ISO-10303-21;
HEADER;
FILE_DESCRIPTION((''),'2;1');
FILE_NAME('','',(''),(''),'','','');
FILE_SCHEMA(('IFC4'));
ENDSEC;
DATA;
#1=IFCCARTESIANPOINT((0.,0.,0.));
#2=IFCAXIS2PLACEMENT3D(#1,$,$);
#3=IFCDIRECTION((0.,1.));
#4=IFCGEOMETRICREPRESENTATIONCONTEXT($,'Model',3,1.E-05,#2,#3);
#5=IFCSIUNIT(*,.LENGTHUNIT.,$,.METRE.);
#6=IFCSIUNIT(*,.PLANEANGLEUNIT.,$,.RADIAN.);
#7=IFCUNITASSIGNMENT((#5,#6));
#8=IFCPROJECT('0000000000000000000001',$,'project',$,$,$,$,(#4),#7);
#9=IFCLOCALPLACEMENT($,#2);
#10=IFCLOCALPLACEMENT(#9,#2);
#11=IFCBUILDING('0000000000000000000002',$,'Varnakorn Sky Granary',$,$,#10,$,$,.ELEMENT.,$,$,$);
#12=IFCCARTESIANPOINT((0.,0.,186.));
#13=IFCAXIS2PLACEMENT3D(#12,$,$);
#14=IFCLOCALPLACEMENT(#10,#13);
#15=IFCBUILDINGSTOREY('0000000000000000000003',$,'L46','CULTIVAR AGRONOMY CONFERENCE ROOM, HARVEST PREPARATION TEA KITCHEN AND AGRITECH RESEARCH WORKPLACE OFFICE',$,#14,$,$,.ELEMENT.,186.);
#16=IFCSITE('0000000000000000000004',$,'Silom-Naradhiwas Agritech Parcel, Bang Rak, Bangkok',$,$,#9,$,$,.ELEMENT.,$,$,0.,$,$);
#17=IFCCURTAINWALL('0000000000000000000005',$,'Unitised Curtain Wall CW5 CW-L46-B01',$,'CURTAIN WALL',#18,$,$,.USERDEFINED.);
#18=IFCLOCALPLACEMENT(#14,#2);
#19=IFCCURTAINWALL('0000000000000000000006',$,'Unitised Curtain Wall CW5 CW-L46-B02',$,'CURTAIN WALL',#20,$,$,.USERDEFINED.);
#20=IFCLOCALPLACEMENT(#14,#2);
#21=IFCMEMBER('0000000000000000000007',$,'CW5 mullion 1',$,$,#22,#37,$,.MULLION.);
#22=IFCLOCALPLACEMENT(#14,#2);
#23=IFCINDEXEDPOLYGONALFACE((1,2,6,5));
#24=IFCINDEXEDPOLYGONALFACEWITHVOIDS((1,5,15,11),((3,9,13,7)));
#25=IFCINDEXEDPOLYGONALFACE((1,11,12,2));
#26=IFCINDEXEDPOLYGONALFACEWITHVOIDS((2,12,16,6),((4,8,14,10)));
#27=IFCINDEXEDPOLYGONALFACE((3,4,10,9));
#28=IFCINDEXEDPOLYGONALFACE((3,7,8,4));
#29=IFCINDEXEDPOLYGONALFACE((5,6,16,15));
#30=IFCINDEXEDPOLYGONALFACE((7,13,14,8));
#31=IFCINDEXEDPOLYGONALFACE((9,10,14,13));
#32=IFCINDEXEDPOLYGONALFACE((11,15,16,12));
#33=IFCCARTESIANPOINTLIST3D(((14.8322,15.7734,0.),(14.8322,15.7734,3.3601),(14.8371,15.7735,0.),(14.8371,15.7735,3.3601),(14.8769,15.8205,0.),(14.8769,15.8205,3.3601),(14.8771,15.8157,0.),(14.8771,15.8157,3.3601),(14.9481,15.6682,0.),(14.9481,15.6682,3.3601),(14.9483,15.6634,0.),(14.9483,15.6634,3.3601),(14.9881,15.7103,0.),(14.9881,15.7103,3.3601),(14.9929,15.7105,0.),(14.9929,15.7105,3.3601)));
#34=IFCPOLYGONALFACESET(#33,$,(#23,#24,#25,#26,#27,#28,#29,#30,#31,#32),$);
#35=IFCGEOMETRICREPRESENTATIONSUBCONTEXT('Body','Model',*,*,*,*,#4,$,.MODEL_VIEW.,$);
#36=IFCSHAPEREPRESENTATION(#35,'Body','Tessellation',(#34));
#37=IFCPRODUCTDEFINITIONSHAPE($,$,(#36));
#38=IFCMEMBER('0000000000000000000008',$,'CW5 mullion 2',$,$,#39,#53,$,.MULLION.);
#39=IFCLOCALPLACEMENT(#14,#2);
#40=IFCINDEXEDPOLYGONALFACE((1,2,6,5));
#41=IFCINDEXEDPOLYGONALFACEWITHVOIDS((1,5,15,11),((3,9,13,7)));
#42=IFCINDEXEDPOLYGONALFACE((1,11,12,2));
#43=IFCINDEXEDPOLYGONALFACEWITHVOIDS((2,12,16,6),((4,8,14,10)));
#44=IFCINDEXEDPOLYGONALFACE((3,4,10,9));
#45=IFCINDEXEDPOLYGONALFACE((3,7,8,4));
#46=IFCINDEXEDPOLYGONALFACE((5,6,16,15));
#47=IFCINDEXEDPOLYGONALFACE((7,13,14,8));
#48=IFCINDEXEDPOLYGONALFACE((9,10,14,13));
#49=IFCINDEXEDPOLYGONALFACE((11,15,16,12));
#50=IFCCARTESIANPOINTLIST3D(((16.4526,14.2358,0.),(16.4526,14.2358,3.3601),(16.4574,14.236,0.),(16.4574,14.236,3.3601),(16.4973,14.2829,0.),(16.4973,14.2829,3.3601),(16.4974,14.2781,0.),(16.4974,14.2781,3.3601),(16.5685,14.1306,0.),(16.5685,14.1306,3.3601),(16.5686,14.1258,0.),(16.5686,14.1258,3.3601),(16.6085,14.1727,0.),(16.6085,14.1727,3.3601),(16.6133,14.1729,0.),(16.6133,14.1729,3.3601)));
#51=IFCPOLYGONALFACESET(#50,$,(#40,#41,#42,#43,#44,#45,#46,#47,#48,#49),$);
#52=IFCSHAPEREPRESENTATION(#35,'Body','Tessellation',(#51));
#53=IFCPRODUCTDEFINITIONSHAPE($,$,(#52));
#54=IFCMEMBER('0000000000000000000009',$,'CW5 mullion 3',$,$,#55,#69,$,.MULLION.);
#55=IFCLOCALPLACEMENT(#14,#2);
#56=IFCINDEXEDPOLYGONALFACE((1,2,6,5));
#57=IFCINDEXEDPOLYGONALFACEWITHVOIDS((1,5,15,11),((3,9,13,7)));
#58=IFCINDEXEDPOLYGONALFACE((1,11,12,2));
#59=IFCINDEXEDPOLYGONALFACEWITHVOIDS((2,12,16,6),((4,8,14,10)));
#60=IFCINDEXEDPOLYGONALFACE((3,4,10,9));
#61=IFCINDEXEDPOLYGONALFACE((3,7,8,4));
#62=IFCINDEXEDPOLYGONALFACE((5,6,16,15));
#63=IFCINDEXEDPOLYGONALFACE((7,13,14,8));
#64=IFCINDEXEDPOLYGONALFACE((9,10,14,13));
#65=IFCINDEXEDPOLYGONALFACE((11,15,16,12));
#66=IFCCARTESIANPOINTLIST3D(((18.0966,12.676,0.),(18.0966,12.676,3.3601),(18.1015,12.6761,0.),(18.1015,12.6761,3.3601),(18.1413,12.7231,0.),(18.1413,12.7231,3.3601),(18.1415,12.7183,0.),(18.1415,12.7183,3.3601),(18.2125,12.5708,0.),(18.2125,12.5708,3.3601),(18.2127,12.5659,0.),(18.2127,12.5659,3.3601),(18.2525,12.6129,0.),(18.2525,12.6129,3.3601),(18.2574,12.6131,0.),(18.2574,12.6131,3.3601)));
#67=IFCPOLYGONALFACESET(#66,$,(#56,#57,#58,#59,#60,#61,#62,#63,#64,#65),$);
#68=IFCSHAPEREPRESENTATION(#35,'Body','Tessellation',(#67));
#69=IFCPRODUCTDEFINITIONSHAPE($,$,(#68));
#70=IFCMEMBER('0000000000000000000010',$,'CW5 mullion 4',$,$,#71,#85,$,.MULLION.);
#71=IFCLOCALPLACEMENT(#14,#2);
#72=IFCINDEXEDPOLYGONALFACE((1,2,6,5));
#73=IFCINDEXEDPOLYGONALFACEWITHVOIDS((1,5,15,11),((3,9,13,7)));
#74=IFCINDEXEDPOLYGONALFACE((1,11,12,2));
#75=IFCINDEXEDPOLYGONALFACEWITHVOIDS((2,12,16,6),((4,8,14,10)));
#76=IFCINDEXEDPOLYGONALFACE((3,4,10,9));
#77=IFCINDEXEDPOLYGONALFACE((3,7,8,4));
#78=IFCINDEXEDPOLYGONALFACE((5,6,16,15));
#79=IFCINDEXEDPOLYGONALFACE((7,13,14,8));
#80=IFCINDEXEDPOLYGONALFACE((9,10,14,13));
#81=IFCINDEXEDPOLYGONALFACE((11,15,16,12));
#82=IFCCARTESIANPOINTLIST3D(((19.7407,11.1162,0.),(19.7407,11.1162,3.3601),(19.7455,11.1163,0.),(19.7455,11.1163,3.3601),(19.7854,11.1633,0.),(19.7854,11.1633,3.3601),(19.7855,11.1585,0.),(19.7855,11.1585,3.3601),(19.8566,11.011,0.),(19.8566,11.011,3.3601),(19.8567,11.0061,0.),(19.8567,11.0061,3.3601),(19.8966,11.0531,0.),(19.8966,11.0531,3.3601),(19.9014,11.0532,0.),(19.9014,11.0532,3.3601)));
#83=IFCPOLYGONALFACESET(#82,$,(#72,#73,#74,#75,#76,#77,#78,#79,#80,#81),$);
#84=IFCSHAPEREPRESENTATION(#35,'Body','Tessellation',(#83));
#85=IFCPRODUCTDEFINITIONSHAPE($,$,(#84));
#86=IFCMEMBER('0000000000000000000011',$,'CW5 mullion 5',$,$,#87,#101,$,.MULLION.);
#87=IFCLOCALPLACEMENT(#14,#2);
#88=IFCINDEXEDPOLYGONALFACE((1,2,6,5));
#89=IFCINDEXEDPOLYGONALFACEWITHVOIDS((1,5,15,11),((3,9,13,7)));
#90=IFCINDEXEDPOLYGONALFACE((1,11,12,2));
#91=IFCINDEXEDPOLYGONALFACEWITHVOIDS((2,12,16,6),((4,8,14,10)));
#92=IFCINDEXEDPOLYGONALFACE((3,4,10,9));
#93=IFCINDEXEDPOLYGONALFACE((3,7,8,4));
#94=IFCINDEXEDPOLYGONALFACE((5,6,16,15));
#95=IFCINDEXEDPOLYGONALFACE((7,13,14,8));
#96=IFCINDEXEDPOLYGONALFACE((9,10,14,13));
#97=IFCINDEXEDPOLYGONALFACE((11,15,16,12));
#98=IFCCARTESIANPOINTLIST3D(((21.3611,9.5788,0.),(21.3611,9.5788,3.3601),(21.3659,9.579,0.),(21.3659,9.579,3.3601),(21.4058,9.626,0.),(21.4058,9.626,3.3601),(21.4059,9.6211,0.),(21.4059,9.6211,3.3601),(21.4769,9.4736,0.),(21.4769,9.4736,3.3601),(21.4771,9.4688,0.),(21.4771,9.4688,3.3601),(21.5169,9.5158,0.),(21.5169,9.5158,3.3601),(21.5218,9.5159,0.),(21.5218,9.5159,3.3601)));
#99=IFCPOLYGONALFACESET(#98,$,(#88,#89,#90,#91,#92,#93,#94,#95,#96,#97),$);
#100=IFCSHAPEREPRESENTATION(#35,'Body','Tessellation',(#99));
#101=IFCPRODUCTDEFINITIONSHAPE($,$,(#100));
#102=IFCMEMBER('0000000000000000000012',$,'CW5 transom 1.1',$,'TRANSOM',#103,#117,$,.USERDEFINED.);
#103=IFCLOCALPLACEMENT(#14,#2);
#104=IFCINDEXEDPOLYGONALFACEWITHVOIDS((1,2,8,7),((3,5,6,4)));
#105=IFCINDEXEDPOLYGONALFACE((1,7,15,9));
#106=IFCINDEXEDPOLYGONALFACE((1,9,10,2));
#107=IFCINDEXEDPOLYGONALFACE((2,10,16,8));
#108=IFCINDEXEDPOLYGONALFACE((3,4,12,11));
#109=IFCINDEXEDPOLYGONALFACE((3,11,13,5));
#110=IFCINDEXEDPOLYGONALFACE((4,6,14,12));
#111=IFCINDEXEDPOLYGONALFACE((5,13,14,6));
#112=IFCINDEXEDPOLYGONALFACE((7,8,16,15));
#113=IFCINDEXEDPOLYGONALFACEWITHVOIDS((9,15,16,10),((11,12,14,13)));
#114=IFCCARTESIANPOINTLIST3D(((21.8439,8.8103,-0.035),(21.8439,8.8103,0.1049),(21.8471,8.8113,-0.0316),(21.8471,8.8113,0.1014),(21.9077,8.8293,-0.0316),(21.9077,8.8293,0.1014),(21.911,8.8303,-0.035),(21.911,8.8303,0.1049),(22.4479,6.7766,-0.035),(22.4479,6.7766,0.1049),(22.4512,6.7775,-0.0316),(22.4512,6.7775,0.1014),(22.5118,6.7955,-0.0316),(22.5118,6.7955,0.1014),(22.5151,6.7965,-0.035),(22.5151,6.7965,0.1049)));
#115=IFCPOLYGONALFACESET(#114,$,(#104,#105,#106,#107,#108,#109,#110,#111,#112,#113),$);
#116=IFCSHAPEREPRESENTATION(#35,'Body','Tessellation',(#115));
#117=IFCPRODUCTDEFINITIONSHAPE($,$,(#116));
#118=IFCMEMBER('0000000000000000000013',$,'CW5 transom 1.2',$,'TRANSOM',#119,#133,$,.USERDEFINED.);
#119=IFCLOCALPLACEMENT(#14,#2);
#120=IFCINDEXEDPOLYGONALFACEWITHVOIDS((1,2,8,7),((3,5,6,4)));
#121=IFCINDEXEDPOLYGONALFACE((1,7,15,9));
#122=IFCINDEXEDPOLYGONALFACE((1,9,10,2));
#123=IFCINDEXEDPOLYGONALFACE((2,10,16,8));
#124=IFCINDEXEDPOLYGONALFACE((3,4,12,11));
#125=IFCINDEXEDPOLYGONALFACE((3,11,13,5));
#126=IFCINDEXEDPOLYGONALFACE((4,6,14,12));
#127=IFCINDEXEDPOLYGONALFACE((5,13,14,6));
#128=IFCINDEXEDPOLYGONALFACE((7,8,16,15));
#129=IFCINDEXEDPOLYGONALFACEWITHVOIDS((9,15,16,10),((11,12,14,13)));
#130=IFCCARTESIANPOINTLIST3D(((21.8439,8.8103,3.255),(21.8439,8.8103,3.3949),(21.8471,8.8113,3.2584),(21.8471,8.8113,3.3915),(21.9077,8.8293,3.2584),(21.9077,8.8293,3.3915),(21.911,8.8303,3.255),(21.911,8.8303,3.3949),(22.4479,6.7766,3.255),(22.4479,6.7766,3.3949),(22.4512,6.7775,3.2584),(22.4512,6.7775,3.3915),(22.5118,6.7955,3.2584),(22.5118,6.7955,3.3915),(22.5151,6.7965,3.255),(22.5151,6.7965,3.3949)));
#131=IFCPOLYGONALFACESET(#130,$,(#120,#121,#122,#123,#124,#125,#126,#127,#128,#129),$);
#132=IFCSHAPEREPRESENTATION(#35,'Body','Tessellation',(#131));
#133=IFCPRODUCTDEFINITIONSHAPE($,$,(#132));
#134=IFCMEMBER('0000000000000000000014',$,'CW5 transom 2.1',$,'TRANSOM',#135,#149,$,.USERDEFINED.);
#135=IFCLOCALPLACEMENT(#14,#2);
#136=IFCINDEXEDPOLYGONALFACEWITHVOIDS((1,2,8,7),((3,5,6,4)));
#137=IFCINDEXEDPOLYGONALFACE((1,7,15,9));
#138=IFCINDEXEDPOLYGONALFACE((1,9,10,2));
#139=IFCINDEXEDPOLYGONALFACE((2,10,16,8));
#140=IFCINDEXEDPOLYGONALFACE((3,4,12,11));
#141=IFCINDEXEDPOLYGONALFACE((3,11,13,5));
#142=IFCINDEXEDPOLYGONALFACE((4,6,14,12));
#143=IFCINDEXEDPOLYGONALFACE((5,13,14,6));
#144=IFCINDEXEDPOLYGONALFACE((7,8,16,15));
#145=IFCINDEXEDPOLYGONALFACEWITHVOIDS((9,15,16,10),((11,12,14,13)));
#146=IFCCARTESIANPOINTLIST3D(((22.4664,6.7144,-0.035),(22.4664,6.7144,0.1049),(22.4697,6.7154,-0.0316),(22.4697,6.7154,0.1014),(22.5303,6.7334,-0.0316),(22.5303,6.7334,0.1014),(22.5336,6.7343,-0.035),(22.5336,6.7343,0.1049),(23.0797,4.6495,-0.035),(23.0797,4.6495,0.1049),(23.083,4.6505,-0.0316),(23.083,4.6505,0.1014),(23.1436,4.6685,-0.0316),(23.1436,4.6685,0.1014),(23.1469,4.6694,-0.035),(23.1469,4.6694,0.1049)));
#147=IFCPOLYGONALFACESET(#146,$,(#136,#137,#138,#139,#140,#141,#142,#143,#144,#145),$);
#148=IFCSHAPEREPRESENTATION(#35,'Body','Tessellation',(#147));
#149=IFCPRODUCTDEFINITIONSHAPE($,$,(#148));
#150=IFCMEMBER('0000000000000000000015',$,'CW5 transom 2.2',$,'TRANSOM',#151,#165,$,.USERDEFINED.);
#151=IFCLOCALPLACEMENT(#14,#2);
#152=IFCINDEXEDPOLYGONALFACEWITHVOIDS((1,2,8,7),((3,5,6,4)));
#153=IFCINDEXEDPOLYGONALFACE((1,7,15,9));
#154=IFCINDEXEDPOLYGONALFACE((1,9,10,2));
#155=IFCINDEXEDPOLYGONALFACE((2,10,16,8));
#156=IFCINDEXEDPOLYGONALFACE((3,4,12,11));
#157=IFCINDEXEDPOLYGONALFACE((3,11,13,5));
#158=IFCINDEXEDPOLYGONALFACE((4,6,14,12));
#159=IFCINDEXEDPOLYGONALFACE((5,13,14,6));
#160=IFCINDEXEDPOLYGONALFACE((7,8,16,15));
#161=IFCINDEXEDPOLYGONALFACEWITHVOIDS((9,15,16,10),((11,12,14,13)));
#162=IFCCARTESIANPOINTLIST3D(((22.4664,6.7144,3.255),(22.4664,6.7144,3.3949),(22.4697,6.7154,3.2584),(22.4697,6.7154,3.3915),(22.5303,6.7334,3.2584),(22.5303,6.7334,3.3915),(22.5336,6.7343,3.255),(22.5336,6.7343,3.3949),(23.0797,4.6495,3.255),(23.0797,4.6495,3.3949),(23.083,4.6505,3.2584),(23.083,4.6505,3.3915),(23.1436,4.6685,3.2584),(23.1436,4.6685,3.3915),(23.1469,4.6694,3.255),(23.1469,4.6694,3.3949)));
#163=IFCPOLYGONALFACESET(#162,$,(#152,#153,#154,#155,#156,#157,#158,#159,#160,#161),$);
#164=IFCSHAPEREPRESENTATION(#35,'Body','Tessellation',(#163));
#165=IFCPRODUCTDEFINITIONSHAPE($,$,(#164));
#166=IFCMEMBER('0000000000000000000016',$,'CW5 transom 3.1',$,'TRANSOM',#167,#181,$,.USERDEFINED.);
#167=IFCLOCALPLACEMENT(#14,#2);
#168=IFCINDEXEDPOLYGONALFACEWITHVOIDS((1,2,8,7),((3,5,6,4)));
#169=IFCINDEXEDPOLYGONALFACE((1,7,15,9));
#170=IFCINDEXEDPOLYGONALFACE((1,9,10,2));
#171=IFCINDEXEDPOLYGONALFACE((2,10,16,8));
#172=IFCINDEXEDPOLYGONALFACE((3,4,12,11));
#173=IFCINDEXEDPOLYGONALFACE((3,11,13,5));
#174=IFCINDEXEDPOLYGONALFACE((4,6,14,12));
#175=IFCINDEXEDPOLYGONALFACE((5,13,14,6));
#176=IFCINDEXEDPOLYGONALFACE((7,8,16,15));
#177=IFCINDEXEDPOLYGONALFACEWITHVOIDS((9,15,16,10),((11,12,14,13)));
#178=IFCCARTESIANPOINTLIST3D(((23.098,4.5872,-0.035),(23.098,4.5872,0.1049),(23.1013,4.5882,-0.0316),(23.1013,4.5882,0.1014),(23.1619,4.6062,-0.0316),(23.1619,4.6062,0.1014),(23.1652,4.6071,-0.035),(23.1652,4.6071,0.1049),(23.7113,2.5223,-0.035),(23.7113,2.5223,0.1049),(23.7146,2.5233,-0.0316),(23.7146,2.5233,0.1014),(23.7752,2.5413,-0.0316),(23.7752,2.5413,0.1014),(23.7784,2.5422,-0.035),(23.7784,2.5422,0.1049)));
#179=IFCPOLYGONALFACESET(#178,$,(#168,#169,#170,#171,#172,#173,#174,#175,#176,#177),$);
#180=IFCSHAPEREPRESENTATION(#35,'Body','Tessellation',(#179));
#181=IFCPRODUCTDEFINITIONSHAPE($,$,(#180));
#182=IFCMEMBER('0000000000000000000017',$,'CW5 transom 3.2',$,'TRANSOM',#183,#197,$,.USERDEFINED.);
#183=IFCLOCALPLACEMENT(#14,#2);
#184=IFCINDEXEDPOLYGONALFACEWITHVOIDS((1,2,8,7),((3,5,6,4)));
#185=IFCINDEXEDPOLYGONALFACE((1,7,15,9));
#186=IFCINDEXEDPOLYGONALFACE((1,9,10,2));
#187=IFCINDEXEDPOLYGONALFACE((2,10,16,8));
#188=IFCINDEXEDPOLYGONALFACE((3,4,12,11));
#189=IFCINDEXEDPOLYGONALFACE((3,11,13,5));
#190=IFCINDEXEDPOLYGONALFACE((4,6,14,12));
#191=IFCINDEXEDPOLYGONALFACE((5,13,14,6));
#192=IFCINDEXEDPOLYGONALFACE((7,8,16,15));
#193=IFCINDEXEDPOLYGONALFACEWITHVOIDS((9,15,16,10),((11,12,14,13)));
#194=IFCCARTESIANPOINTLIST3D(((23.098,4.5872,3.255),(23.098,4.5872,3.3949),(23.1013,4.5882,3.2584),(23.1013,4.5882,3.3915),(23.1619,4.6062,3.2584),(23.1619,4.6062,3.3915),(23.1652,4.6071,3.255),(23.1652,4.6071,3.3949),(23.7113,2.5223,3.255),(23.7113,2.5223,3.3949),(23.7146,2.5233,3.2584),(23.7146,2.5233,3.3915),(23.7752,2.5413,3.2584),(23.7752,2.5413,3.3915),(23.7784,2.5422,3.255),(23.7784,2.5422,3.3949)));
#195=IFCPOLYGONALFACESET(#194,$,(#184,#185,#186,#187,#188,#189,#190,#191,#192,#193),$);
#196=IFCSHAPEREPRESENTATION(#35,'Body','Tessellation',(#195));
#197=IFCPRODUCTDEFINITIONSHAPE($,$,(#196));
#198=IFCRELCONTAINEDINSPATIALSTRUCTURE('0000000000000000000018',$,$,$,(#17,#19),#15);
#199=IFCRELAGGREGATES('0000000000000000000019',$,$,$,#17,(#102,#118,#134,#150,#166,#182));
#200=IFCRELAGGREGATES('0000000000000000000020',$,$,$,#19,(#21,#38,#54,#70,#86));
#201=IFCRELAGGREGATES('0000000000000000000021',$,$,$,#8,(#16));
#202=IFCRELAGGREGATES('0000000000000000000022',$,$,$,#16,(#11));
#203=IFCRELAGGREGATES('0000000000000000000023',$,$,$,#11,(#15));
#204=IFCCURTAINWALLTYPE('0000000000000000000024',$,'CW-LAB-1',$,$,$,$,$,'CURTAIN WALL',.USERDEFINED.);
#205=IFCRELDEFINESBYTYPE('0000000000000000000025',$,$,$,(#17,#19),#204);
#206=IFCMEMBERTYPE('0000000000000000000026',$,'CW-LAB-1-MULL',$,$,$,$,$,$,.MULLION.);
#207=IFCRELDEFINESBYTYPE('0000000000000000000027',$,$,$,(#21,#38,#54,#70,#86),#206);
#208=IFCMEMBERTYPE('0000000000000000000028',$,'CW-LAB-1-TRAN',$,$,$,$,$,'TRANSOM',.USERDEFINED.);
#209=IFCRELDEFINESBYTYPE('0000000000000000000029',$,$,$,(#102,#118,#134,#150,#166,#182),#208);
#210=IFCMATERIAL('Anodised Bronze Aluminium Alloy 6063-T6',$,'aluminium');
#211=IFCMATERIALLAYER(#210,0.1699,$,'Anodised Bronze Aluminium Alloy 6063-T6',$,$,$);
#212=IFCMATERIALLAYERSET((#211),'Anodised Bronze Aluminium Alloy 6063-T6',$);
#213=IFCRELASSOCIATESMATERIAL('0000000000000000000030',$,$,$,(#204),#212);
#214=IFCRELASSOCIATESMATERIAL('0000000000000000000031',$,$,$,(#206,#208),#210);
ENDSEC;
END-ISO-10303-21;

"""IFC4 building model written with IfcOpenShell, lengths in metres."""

from ifc_helpers import new_model, si_unit, direction, frame, origin, origin_2d, place, context, subcontext, project, spatial, hollow_rectangle, extrude, material, layer, layer_set, material_profile, profile_set, type_object, element, aggregate, save


model = new_model("IFC4")

# Units and contexts
model_context = context("Model", 3, precision=1e-05, world=origin(), true_north=direction((0.0, 1.0)))
body_context = subcontext(model_context, "Body", "Model", "MODEL_VIEW")
ifc_project = project(units=[si_unit("LENGTHUNIT", "METRE"), si_unit("PLANEANGLEUNIT", "RADIAN")], contexts=[model_context])

# Site, building, storey
site_placement = place(None, origin())
site = spatial("IfcSite", under=ifc_project, at=site_placement, Name="Silom-Naradhiwas Agritech Parcel, Bang Rak, Bangkok", CompositionType="ELEMENT", RefElevation=0.0)
building_placement = place(site_placement, origin())
building = spatial("IfcBuilding", under=site, at=building_placement, Name="Varnakorn Sky Granary", CompositionType="ELEMENT")
storey_placement = place(building_placement, frame((0.0, 0.0, 186.0)))
storey = spatial("IfcBuildingStorey", under=building, at=storey_placement, Name="L46", Description="CULTIVAR AGRONOMY CONFERENCE ROOM, HARVEST PREPARATION TEA KITCHEN AND AGRITECH RESEARCH WORKPLACE OFFICE", CompositionType="ELEMENT", Elevation=186.0)

# Curtain walls, members
ifc_material_1 = material(Name="Anodised Bronze Aluminium Alloy 6063-T6", Category="aluminium")
ifc_layer_1 = layer(ifc_material_1, 0.1699, Name="Anodised Bronze Aluminium Alloy 6063-T6")
ifc_layer_set_1 = layer_set([ifc_layer_1], Name="Anodised Bronze Aluminium Alloy 6063-T6")
curtain_wall_type = type_object("IfcCurtainWallType", Name="CW-LAB-1", ElementType="CURTAIN WALL", PredefinedType="USERDEFINED", material=ifc_layer_set_1)
curtain_wall_1_placement = place(storey_placement, origin())
curtain_wall_1 = element("IfcCurtainWall", 1, at=curtain_wall_1_placement, inside=storey, type_object=curtain_wall_type, Name="Unitised Curtain Wall CW5 CW-L46-B01", ObjectType="CURTAIN WALL", PredefinedType="USERDEFINED")
ifc_material_profile_1 = material_profile(ifc_material_1, hollow_rectangle(XDim=0.0649, YDim=0.1599, WallThickness=0.0034, at=origin_2d()), Name="ALU MULL 65x160")
ifc_profile_set_1 = profile_set([ifc_material_profile_1], Name="Anodised Bronze Aluminium Alloy 6063-T6")
member_type_1 = type_object("IfcMemberType", Name="CW-LAB-1-MULL", PredefinedType="MULLION", material=ifc_profile_set_1)
curtain_wall_2_placement = place(storey_placement, origin())
curtain_wall_2 = element("IfcCurtainWall", 2, at=curtain_wall_2_placement, inside=storey, type_object=curtain_wall_type, Name="Unitised Curtain Wall CW5 CW-L46-B02", ObjectType="CURTAIN WALL", PredefinedType="USERDEFINED")
member_1_placement = place(storey_placement, frame((14.9126, 15.7419, 0.0), z_axis=(0.0, 0.0, 1.0), x_axis=(0.688292, 0.725434, 0.0)))
member_1 = element("IfcMember", 3, at=member_1_placement, type_object=member_type_1, Name="CW5 mullion 1", PredefinedType="MULLION", context=body_context, shape_type="SweptSolid", body=[
    extrude(hollow_rectangle(XDim=0.0649, YDim=0.1599, WallThickness=0.0034, at=origin_2d()), origin(), (0.0, 0.0, 1.0), 3.3601),
])
member_2_placement = place(storey_placement, frame((16.533, 14.2043, 0.0), z_axis=(0.0, 0.0, 1.0), x_axis=(0.688292, 0.725434, 0.0)))
member_2 = element("IfcMember", 4, at=member_2_placement, type_object=member_type_1, Name="CW5 mullion 2", PredefinedType="MULLION", context=body_context, shape_type="SweptSolid", body=[
    extrude(hollow_rectangle(XDim=0.0649, YDim=0.1599, WallThickness=0.0034, at=origin_2d()), origin(), (0.0, 0.0, 1.0), 3.3601),
])
member_3_placement = place(storey_placement, frame((18.177, 12.6445, 0.0), z_axis=(0.0, 0.0, 1.0), x_axis=(0.688292, 0.725434, 0.0)))
member_3 = element("IfcMember", 5, at=member_3_placement, type_object=member_type_1, Name="CW5 mullion 3", PredefinedType="MULLION", context=body_context, shape_type="SweptSolid", body=[
    extrude(hollow_rectangle(XDim=0.0649, YDim=0.1599, WallThickness=0.0034, at=origin_2d()), origin(), (0.0, 0.0, 1.0), 3.3601),
])
member_4_placement = place(storey_placement, frame((19.821, 11.0847, 0.0), z_axis=(0.0, 0.0, 1.0), x_axis=(0.688292, 0.725434, 0.0)))
member_4 = element("IfcMember", 6, at=member_4_placement, type_object=member_type_1, Name="CW5 mullion 4", PredefinedType="MULLION", context=body_context, shape_type="SweptSolid", body=[
    extrude(hollow_rectangle(XDim=0.0649, YDim=0.1599, WallThickness=0.0034, at=origin_2d()), origin(), (0.0, 0.0, 1.0), 3.3601),
])
member_5_placement = place(storey_placement, frame((21.4414, 9.5474, 0.0), z_axis=(0.0, 0.0, 1.0), x_axis=(0.688292, 0.725434, 0.0)))
member_5 = element("IfcMember", 7, at=member_5_placement, type_object=member_type_1, Name="CW5 mullion 5", PredefinedType="MULLION", context=body_context, shape_type="SweptSolid", body=[
    extrude(hollow_rectangle(XDim=0.0649, YDim=0.1599, WallThickness=0.0034, at=origin_2d()), origin(), (0.0, 0.0, 1.0), 3.3601),
])

# Members
ifc_material_profile_2 = material_profile(ifc_material_1, hollow_rectangle(XDim=0.0701, YDim=0.1399, WallThickness=0.0034, at=origin_2d()), Name="ALU TRAN 70x140")
ifc_profile_set_2 = profile_set([ifc_material_profile_2], Name="Anodised Bronze Aluminium Alloy 6063-T6")
member_type_2 = type_object("IfcMemberType", Name="CW-LAB-1-TRAN", ElementType="TRANSOM", PredefinedType="USERDEFINED", material=ifc_profile_set_2)
member_6_placement = place(storey_placement, frame((21.8774, 8.8203, 0.0349), z_axis=(0.284707, -0.958614, 0.0), x_axis=(0.958614, 0.284707, 0.0)))
member_6 = element("IfcMember", 8, at=member_6_placement, type_object=member_type_2, Name="CW5 transom 1.1", ObjectType="TRANSOM", PredefinedType="USERDEFINED", context=body_context, shape_type="SweptSolid", body=[
    extrude(hollow_rectangle(XDim=0.0701, YDim=0.1399, WallThickness=0.0034, at=origin_2d()), origin(), (0.0, 0.0, 1.0), 2.1216),
])
member_7_placement = place(storey_placement, frame((21.8774, 8.8203, 3.325), z_axis=(0.284707, -0.958614, 0.0), x_axis=(0.958614, 0.284707, 0.0)))
member_7 = element("IfcMember", 9, at=member_7_placement, type_object=member_type_2, Name="CW5 transom 1.2", ObjectType="TRANSOM", PredefinedType="USERDEFINED", context=body_context, shape_type="SweptSolid", body=[
    extrude(hollow_rectangle(XDim=0.0701, YDim=0.1399, WallThickness=0.0034, at=origin_2d()), origin(), (0.0, 0.0, 1.0), 2.1216),
])
member_8_placement = place(storey_placement, frame((22.5, 6.7244, 0.0349), z_axis=(0.284706, -0.958615, 0.0), x_axis=(0.958615, 0.284706, 0.0)))
member_8 = element("IfcMember", 10, at=member_8_placement, type_object=member_type_2, Name="CW5 transom 2.1", ObjectType="TRANSOM", PredefinedType="USERDEFINED", context=body_context, shape_type="SweptSolid", body=[
    extrude(hollow_rectangle(XDim=0.0701, YDim=0.1399, WallThickness=0.0034, at=origin_2d()), origin(), (0.0, 0.0, 1.0), 2.1541),
])
member_9_placement = place(storey_placement, frame((22.5, 6.7244, 3.325), z_axis=(0.284706, -0.958615, 0.0), x_axis=(0.958615, 0.284706, 0.0)))
member_9 = element("IfcMember", 11, at=member_9_placement, type_object=member_type_2, Name="CW5 transom 2.2", ObjectType="TRANSOM", PredefinedType="USERDEFINED", context=body_context, shape_type="SweptSolid", body=[
    extrude(hollow_rectangle(XDim=0.0701, YDim=0.1399, WallThickness=0.0034, at=origin_2d()), origin(), (0.0, 0.0, 1.0), 2.1541),
])
member_10_placement = place(storey_placement, frame((23.1316, 4.5972, 0.0349), z_axis=(0.284706, -0.958615, 0.0), x_axis=(0.958615, 0.284706, 0.0)))
member_10 = element("IfcMember", 12, at=member_10_placement, type_object=member_type_2, Name="CW5 transom 3.1", ObjectType="TRANSOM", PredefinedType="USERDEFINED", context=body_context, shape_type="SweptSolid", body=[
    extrude(hollow_rectangle(XDim=0.0701, YDim=0.1399, WallThickness=0.0034, at=origin_2d()), origin(), (0.0, 0.0, 1.0), 2.1541),
])
member_11_placement = place(storey_placement, frame((23.1316, 4.5972, 3.325), z_axis=(0.284706, -0.958615, 0.0), x_axis=(0.958615, 0.284706, 0.0)))
member_11 = element("IfcMember", 13, at=member_11_placement, type_object=member_type_2, Name="CW5 transom 3.2", ObjectType="TRANSOM", PredefinedType="USERDEFINED", context=body_context, shape_type="SweptSolid", body=[
    extrude(hollow_rectangle(XDim=0.0701, YDim=0.1399, WallThickness=0.0034, at=origin_2d()), origin(), (0.0, 0.0, 1.0), 2.1541),
])

aggregate(curtain_wall_1, [member_6, member_7, member_8, member_9, member_10, member_11])
aggregate(curtain_wall_2, [member_1, member_2, member_3, member_4, member_5])

save(model, "model.ifc")
